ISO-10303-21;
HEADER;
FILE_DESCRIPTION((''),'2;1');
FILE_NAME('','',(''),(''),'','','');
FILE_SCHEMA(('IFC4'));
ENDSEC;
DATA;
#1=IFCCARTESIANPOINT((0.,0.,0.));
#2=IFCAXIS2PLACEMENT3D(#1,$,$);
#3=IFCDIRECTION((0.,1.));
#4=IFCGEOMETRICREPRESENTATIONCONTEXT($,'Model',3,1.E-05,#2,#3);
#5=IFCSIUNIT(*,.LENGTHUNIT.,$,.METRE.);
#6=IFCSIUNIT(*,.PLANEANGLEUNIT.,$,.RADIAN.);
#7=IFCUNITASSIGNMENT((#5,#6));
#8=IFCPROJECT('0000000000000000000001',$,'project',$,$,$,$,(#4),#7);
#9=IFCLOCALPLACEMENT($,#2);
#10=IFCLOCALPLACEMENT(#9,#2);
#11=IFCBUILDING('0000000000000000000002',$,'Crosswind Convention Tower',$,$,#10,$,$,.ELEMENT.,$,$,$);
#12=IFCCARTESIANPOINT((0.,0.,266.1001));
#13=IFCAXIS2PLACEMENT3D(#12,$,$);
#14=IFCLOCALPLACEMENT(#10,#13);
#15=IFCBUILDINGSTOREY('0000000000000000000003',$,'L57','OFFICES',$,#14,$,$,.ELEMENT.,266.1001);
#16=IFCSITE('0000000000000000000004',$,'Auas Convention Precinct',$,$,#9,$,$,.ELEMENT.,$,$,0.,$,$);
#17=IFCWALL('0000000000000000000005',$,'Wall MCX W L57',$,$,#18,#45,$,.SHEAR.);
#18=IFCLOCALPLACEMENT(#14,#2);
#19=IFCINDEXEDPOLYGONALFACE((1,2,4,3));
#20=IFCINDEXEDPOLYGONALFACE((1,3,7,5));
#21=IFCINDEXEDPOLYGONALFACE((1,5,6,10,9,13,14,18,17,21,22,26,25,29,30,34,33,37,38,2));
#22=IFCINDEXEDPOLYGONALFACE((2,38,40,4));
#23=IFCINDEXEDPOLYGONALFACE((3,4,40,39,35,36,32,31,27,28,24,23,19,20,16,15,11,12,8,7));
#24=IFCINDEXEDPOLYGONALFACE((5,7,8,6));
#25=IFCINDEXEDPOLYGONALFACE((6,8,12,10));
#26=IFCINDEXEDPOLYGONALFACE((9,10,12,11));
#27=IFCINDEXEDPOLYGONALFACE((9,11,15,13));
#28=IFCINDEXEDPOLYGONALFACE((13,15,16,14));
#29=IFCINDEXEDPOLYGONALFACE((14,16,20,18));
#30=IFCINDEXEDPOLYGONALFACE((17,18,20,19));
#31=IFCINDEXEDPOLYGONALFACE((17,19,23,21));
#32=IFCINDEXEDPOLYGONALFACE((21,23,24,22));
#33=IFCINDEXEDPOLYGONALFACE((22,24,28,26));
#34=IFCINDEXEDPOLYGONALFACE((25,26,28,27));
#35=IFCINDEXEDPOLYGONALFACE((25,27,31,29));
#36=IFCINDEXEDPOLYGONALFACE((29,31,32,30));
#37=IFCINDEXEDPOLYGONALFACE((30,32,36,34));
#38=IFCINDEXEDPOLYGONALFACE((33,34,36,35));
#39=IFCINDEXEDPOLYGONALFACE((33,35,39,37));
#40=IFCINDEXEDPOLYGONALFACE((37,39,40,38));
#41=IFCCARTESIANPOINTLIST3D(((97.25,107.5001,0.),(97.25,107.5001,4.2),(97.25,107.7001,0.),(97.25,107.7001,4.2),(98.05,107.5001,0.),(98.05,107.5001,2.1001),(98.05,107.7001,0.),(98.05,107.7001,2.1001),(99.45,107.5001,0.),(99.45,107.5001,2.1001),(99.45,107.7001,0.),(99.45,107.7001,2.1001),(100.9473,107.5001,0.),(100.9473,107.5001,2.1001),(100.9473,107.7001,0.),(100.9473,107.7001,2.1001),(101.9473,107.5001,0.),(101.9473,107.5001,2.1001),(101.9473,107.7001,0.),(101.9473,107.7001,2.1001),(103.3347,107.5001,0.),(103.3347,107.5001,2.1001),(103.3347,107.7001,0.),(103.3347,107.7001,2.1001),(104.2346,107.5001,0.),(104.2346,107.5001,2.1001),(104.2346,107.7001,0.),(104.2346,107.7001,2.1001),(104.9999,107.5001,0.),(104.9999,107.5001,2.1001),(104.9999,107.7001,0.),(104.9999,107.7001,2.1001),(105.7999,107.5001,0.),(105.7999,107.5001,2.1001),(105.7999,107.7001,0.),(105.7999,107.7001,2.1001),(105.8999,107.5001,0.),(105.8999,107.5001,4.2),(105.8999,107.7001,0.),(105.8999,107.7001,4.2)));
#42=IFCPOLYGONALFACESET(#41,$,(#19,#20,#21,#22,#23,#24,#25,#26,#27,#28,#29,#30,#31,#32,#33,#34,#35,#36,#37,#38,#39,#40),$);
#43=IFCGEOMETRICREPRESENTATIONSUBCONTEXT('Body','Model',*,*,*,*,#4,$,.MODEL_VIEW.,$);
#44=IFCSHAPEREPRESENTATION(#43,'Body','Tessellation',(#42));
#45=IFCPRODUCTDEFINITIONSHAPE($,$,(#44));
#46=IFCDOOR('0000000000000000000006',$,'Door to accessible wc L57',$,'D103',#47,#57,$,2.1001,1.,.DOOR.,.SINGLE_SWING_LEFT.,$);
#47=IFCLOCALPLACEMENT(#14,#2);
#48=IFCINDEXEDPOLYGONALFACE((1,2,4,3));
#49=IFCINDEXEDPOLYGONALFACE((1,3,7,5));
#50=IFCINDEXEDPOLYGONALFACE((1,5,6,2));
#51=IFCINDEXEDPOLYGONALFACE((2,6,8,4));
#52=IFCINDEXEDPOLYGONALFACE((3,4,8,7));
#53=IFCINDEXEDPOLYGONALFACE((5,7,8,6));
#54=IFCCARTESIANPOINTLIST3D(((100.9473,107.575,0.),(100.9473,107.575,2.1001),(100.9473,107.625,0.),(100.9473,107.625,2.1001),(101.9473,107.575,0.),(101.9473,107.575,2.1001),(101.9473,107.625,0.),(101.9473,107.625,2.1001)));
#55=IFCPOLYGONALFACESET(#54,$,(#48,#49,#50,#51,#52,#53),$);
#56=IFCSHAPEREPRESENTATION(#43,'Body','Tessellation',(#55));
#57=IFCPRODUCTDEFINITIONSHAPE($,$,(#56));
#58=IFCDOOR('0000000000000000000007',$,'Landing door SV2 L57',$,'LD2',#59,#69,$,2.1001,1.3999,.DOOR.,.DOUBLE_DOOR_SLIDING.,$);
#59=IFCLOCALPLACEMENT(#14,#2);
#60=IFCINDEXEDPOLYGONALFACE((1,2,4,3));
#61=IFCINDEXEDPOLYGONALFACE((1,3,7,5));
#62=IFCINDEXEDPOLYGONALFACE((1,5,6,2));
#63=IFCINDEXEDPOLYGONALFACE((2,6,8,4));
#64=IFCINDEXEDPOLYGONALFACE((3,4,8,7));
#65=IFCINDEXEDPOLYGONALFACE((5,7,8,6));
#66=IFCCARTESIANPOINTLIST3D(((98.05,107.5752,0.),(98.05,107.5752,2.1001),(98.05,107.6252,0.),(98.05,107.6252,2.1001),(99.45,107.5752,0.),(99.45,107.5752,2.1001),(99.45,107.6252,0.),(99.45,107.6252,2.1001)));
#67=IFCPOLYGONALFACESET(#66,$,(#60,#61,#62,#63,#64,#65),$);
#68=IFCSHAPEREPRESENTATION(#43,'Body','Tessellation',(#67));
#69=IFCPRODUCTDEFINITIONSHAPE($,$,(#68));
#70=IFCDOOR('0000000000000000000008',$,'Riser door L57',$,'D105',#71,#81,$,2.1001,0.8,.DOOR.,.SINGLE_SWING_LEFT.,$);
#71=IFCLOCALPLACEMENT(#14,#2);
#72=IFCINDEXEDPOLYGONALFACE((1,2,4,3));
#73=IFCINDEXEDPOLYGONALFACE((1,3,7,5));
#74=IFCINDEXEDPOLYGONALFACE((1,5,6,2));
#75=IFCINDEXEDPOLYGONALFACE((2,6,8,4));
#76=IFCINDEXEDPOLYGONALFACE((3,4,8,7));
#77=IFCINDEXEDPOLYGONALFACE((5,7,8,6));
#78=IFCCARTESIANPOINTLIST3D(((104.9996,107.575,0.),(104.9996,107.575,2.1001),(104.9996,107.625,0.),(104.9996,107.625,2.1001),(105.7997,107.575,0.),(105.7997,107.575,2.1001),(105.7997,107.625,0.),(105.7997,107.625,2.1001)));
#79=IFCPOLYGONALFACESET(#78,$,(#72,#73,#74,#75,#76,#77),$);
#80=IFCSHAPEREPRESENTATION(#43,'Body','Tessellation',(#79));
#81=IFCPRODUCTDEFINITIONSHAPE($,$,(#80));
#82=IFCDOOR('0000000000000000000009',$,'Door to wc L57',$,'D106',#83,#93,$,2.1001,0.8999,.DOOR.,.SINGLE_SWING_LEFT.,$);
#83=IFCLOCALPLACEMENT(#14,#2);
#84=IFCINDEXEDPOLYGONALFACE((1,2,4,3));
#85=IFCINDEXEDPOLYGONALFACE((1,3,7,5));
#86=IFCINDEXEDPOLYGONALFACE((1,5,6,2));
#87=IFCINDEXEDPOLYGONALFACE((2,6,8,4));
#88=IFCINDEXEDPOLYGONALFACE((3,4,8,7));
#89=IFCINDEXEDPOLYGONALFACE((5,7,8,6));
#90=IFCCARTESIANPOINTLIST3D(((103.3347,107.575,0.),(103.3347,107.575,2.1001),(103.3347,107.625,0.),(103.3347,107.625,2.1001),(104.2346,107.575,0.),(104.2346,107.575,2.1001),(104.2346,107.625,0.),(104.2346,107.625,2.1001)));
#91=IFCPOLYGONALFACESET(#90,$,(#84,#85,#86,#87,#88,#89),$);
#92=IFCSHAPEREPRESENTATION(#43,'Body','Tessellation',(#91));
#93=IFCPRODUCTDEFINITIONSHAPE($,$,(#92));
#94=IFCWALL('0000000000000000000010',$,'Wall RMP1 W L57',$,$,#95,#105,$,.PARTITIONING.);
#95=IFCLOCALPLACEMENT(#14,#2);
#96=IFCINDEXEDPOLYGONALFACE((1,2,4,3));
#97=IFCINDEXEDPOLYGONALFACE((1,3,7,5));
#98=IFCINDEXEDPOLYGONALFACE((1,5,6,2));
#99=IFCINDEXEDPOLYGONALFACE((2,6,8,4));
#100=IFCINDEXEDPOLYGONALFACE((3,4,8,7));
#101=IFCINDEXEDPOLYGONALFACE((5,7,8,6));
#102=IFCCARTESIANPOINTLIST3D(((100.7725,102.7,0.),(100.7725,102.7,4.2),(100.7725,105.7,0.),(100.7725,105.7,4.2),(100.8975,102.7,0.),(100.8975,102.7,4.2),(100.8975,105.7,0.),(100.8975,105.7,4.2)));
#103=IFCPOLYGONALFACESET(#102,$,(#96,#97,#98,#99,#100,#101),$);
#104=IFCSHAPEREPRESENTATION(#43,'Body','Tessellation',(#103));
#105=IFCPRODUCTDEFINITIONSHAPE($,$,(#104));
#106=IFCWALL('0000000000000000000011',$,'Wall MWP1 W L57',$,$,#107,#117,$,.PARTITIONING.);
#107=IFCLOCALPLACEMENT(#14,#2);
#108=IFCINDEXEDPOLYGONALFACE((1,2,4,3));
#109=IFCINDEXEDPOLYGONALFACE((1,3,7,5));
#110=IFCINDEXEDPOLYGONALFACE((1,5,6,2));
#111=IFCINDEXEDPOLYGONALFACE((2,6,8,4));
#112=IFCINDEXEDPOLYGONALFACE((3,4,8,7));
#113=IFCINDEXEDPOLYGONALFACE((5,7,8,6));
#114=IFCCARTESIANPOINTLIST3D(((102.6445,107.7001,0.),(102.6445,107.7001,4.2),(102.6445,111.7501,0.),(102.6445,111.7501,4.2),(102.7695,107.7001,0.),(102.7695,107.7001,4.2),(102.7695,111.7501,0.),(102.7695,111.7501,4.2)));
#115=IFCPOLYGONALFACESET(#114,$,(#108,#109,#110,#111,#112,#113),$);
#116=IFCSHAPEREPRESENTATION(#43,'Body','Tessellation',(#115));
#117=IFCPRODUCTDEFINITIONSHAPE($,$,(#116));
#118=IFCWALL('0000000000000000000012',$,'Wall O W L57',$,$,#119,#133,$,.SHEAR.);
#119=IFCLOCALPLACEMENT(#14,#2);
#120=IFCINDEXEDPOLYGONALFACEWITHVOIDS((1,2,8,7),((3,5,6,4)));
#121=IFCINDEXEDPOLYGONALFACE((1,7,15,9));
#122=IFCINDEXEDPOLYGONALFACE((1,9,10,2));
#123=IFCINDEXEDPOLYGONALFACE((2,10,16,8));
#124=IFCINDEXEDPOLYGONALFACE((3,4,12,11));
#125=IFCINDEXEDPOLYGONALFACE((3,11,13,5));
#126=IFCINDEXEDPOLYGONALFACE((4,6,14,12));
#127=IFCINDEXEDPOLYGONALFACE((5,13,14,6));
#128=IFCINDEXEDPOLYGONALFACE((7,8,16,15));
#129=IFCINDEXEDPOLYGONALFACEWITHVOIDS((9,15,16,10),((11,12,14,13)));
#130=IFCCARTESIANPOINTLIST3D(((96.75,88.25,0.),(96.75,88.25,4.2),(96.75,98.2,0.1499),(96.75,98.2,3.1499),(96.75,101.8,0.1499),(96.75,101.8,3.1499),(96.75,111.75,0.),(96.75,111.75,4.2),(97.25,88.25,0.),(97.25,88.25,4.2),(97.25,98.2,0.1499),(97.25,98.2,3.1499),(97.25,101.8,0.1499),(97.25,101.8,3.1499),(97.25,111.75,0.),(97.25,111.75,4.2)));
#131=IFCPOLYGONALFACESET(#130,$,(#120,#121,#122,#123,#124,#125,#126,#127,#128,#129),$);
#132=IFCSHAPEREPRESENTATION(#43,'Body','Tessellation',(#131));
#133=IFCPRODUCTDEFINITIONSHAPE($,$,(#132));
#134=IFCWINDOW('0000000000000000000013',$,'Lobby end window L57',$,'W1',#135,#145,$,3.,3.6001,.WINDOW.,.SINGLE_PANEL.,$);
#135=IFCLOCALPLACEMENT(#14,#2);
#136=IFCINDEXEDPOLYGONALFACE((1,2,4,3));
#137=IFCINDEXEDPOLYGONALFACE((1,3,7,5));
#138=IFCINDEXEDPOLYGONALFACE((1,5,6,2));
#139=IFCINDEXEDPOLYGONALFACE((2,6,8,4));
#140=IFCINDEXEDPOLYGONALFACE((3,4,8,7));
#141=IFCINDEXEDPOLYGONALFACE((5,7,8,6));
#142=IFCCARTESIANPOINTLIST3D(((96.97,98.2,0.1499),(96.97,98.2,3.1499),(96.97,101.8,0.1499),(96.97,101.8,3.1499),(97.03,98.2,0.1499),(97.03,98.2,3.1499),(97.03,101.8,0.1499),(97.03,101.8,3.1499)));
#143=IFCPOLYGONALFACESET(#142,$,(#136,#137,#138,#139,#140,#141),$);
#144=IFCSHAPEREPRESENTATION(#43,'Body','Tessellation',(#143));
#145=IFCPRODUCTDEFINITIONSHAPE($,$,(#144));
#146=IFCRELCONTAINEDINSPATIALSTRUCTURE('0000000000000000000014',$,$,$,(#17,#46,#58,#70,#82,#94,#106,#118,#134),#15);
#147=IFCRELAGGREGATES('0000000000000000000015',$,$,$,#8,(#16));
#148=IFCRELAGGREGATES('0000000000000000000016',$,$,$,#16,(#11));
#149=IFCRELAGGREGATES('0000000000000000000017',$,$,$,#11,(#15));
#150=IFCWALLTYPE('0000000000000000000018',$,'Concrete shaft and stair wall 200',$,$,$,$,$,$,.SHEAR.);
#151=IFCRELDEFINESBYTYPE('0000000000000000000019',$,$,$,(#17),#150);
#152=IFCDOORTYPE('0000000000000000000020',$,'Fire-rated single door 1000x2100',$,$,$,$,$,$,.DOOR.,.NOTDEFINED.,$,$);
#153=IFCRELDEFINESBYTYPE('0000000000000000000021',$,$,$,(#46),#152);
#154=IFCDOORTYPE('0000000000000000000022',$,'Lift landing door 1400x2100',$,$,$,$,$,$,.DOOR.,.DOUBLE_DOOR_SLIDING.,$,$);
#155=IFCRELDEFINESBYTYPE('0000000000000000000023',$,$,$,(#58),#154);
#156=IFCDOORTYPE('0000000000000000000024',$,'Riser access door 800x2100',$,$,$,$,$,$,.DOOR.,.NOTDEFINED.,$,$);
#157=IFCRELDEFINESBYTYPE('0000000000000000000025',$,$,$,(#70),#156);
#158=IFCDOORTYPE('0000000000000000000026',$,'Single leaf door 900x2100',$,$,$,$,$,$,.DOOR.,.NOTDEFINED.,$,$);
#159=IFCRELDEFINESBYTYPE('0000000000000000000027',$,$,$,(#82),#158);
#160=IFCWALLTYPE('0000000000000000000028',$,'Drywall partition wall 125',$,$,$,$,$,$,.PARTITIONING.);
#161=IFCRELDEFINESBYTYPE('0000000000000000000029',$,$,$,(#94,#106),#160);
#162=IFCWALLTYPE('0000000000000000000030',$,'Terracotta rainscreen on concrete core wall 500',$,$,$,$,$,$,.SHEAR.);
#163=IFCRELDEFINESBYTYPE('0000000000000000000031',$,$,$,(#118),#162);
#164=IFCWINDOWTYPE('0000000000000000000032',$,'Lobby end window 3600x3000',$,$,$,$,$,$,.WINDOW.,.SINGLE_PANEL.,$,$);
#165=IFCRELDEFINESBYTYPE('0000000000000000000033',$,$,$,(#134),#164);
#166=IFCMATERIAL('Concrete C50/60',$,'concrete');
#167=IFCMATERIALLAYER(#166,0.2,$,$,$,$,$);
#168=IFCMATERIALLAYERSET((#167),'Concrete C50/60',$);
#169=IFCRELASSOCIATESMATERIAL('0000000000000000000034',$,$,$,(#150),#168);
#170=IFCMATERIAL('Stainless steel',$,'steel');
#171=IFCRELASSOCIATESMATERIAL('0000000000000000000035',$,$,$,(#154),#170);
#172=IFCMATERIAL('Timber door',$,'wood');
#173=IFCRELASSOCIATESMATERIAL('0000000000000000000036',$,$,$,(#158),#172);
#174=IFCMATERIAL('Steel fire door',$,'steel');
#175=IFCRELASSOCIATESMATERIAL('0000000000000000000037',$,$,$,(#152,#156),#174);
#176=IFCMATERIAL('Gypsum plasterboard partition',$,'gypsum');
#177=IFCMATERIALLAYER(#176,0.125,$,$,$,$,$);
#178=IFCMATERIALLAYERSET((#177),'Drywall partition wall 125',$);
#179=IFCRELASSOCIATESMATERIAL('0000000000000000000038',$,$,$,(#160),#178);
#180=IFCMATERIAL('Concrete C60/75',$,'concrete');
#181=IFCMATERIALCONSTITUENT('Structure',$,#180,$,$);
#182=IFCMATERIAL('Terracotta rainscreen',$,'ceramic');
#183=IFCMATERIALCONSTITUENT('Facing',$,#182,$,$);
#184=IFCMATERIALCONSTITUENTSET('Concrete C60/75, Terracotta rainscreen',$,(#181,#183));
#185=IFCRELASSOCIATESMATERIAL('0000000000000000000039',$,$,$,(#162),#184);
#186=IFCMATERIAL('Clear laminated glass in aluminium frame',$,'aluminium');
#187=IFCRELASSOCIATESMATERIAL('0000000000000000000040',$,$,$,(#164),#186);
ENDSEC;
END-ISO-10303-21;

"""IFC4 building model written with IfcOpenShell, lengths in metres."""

from ifc_helpers import new_model, si_unit, direction, frame, frame_2d, origin, place, context, subcontext, project, spatial, rectangle, extrude, material, layer, layer_set, constituent, constituent_set, type_object, element, fill, save


model = new_model("IFC4")

# Units and contexts
model_context = context("Model", 3, precision=1e-05, world=origin(), true_north=direction((0.0, 1.0)))
body_context = subcontext(model_context, "Body", "Model", "MODEL_VIEW")
ifc_project = project(units=[si_unit("LENGTHUNIT", "METRE"), si_unit("PLANEANGLEUNIT", "RADIAN")], contexts=[model_context])

# Site, building, storey
site_placement = place(None, origin())
site = spatial("IfcSite", under=ifc_project, at=site_placement, Name="Auas Convention Precinct", CompositionType="ELEMENT", RefElevation=0.0)
building_placement = place(site_placement, origin())
building = spatial("IfcBuilding", under=site, at=building_placement, Name="Crosswind Convention Tower", CompositionType="ELEMENT")
storey_placement = place(building_placement, frame((0.0, 0.0, 266.1001)))
storey = spatial("IfcBuildingStorey", under=building, at=storey_placement, Name="L57", Description="OFFICES", CompositionType="ELEMENT", Elevation=266.1001)

# Shared definitions
ifc_material_1 = material(Name="Concrete C50/60", Category="concrete")
ifc_layer_1 = layer(ifc_material_1, 0.2)
ifc_layer_set_1 = layer_set([ifc_layer_1], Name="Concrete C50/60")
wall_type_1 = type_object("IfcWallType", Name="Concrete shaft and stair wall 200", PredefinedType="SHEAR", material=ifc_layer_set_1)

# Shared definitions
ifc_material_2 = material(Name="Stainless steel", Category="steel")
door_type_1 = type_object("IfcDoorType", Name="Lift landing door 1400x2100", OperationType="DOUBLE_DOOR_SLIDING", PredefinedType="DOOR", material=ifc_material_2)

# Shared definitions
ifc_material_3 = material(Name="Timber door", Category="wood")
door_type_2 = type_object("IfcDoorType", Name="Single leaf door 900x2100", OperationType="NOTDEFINED", PredefinedType="DOOR", material=ifc_material_3)

# Wall, openings, doors
wall_1_placement = place(storey_placement, frame((105.8999, 107.6001, 0.0), z_axis=(0.0, 0.0, 1.0), x_axis=(-1.0, 0.0, 0.0)))
wall_1 = element("IfcWall", 1, at=wall_1_placement, inside=storey, type_object=wall_type_1, Name="Wall MCX W L57", PredefinedType="SHEAR", context=body_context, shape_type="SweptSolid", body=[
    extrude(rectangle(XDim=8.6499, YDim=0.2, at=frame_2d((4.325, 0.0))), origin(), (0.0, 0.0, 1.0), 4.2),
])
opening_1_placement = place(wall_1_placement, frame((0.1001, 0.0, 0.0)))
opening_1 = element("IfcOpeningElement", 2, at=opening_1_placement, cuts=wall_1, PredefinedType="OPENING", context=body_context, shape_type="SweptSolid", body=[
    extrude(rectangle(XDim=0.8, YDim=2.1001, at=frame_2d((0.3999, 1.05))), frame((0.0, 0.1099, 0.0), z_axis=(0.0, -1.0, 0.0), x_axis=(1.0, 0.0, 0.0)), (0.0, 0.0, 1.0), 0.22),
])
opening_2_placement = place(wall_1_placement, frame((1.6653, 0.0, 0.0)))
opening_2 = element("IfcOpeningElement", 3, at=opening_2_placement, cuts=wall_1, PredefinedType="OPENING", context=body_context, shape_type="SweptSolid", body=[
    extrude(rectangle(XDim=0.8999, YDim=2.1001, at=frame_2d((0.45, 1.05))), frame((0.0, 0.1099, 0.0), z_axis=(0.0, -1.0, 0.0), x_axis=(1.0, 0.0, 0.0)), (0.0, 0.0, 1.0), 0.22),
])
opening_3_placement = place(wall_1_placement, frame((3.9526, 0.0, 0.0)))
opening_3 = element("IfcOpeningElement", 4, at=opening_3_placement, cuts=wall_1, PredefinedType="OPENING", context=body_context, shape_type="SweptSolid", body=[
    extrude(rectangle(XDim=1.0, YDim=2.1001, at=frame_2d((0.5, 1.05))), frame((0.0, 0.1099, 0.0), z_axis=(0.0, -1.0, 0.0), x_axis=(1.0, 0.0, 0.0)), (0.0, 0.0, 1.0), 0.22),
])
opening_4_placement = place(wall_1_placement, frame((6.45, 0.0, 0.0)))
opening_4 = element("IfcOpeningElement", 5, at=opening_4_placement, cuts=wall_1, PredefinedType="OPENING", context=body_context, shape_type="SweptSolid", body=[
    extrude(rectangle(XDim=1.3999, YDim=2.1001, at=frame_2d((0.7, 1.05))), frame((0.0, 0.1099, 0.0), z_axis=(0.0, -1.0, 0.0), x_axis=(1.0, 0.0, 0.0)), (0.0, 0.0, 1.0), 0.22),
])
ifc_material_4 = material(Name="Steel fire door", Category="steel")
door_type_3 = type_object("IfcDoorType", Name="Fire-rated single door 1000x2100", OperationType="NOTDEFINED", PredefinedType="DOOR", material=ifc_material_4)
door_1_placement = place(opening_3_placement, frame((1.0, 0.0, 0.0), z_axis=(0.0, 0.0, 1.0), x_axis=(-1.0, 0.0, 0.0)))
door_1 = element("IfcDoor", 6, at=door_1_placement, inside=storey, type_object=door_type_3, Name="Door to accessible wc L57", ObjectType="D103", OperationType="SINGLE_SWING_LEFT", OverallHeight=2.1001, OverallWidth=1.0, PredefinedType="DOOR", context=body_context, shape_type="SweptSolid", body=[
    extrude(rectangle(XDim=1.0, YDim=2.1001, at=frame_2d((0.5, 1.05))), frame((0.0, 0.0249, 0.0), z_axis=(0.0, -1.0, 0.0), x_axis=(1.0, 0.0, 0.0)), (0.0, 0.0, 1.0), 0.05),
])
fill(opening_3, door_1)
door_2_placement = place(opening_4_placement, origin())
door_2 = element("IfcDoor", 7, at=door_2_placement, inside=storey, type_object=door_type_1, Name="Landing door SV2 L57", ObjectType="LD2", OperationType="DOUBLE_DOOR_SLIDING", OverallHeight=2.1001, OverallWidth=1.3999, PredefinedType="DOOR", context=body_context, shape_type="SweptSolid", body=[
    extrude(rectangle(XDim=1.3999, YDim=2.1001, at=frame_2d((0.7, 1.05))), frame((0.0, 0.0249, 0.0), z_axis=(0.0, -1.0, 0.0), x_axis=(1.0, 0.0, 0.0)), (0.0, 0.0, 1.0), 0.05),
])
fill(opening_4, door_2)
door_type_4 = type_object("IfcDoorType", Name="Riser access door 800x2100", OperationType="NOTDEFINED", PredefinedType="DOOR", material=ifc_material_4)
door_3_placement = place(opening_1_placement, frame((0.8, 0.0, 0.0), z_axis=(0.0, 0.0, 1.0), x_axis=(-1.0, 0.0, 0.0)))
door_3 = element("IfcDoor", 8, at=door_3_placement, inside=storey, type_object=door_type_4, Name="Riser door L57", ObjectType="D105", OperationType="SINGLE_SWING_LEFT", OverallHeight=2.1001, OverallWidth=0.8, PredefinedType="DOOR", context=body_context, shape_type="SweptSolid", body=[
    extrude(rectangle(XDim=0.8, YDim=2.1001, at=frame_2d((0.3999, 1.05))), frame((0.0, 0.0249, 0.0), z_axis=(0.0, -1.0, 0.0), x_axis=(1.0, 0.0, 0.0)), (0.0, 0.0, 1.0), 0.05),
])
fill(opening_1, door_3)
door_4_placement = place(opening_2_placement, frame((0.8999, 0.0, 0.0), z_axis=(0.0, 0.0, 1.0), x_axis=(-1.0, 0.0, 0.0)))
door_4 = element("IfcDoor", 9, at=door_4_placement, inside=storey, type_object=door_type_2, Name="Door to wc L57", ObjectType="D106", OperationType="SINGLE_SWING_LEFT", OverallHeight=2.1001, OverallWidth=0.8999, PredefinedType="DOOR", context=body_context, shape_type="SweptSolid", body=[
    extrude(rectangle(XDim=0.8999, YDim=2.1001, at=frame_2d((0.45, 1.05))), frame((0.0, 0.0249, 0.0), z_axis=(0.0, -1.0, 0.0), x_axis=(1.0, 0.0, 0.0)), (0.0, 0.0, 1.0), 0.05),
])
fill(opening_2, door_4)

# Walls
ifc_material_5 = material(Name="Gypsum plasterboard partition", Category="gypsum")
ifc_layer_2 = layer(ifc_material_5, 0.125)
ifc_layer_set_2 = layer_set([ifc_layer_2], Name="Drywall partition wall 125")
wall_type_2 = type_object("IfcWallType", Name="Drywall partition wall 125", PredefinedType="PARTITIONING", material=ifc_layer_set_2)
wall_2_placement = place(storey_placement, frame((100.835, 105.7, 0.0), z_axis=(0.0, 0.0, 1.0), x_axis=(0.0, -1.0, 0.0)))
element("IfcWall", 10, at=wall_2_placement, inside=storey, type_object=wall_type_2, Name="Wall RMP1 W L57", PredefinedType="PARTITIONING", context=body_context, shape_type="SweptSolid", body=[
    extrude(rectangle(XDim=3.0, YDim=0.125, at=frame_2d((1.5, 0.0))), origin(), (0.0, 0.0, 1.0), 4.2),
])
wall_3_placement = place(storey_placement, frame((102.707, 111.75, 0.0), z_axis=(0.0, 0.0, 1.0), x_axis=(0.0, -1.0, 0.0)))
element("IfcWall", 11, at=wall_3_placement, inside=storey, type_object=wall_type_2, Name="Wall MWP1 W L57", PredefinedType="PARTITIONING", context=body_context, shape_type="SweptSolid", body=[
    extrude(rectangle(XDim=4.05, YDim=0.125, at=frame_2d((2.0249, 0.0))), origin(), (0.0, 0.0, 1.0), 4.2),
])

# Wall, opening, window
ifc_material_6 = material(Name="Concrete C60/75", Category="concrete")
ifc_constituent_1 = constituent(ifc_material_6, Name="Structure")
ifc_material_7 = material(Name="Terracotta rainscreen", Category="ceramic")
ifc_constituent_2 = constituent(ifc_material_7, Name="Facing")
ifc_constituent_set = constituent_set(constituents=[ifc_constituent_1, ifc_constituent_2], Name="Concrete C60/75, Terracotta rainscreen")
wall_type_3 = type_object("IfcWallType", Name="Terracotta rainscreen on concrete core wall 500", PredefinedType="SHEAR", material=ifc_constituent_set)
wall_4_placement = place(storey_placement, frame((97.0, 111.75, 0.0), z_axis=(0.0, 0.0, 1.0), x_axis=(0.0, -1.0, 0.0)))
wall_4 = element("IfcWall", 12, at=wall_4_placement, inside=storey, type_object=wall_type_3, Name="Wall O W L57", PredefinedType="SHEAR", context=body_context, shape_type="SweptSolid", body=[
    extrude(rectangle(XDim=23.5, YDim=0.5, at=frame_2d((11.75, 0.0))), origin(), (0.0, 0.0, 1.0), 4.2),
])
opening_5_placement = place(wall_4_placement, frame((9.95, 0.0, 0.1499)))
opening_5 = element("IfcOpeningElement", 13, at=opening_5_placement, cuts=wall_4, PredefinedType="OPENING", context=body_context, shape_type="SweptSolid", body=[
    extrude(rectangle(XDim=3.6001, YDim=3.0, at=frame_2d((1.8, 1.5))), frame((0.0, 0.26, 0.0), z_axis=(0.0, -1.0, 0.0), x_axis=(1.0, 0.0, 0.0)), (0.0, 0.0, 1.0), 0.52),
])
ifc_material_8 = material(Name="Clear laminated glass in aluminium frame", Category="aluminium")
window_type = type_object("IfcWindowType", Name="Lobby end window 3600x3000", PartitioningType="SINGLE_PANEL", PredefinedType="WINDOW", material=ifc_material_8)
window_placement = place(opening_5_placement, origin())
window = element("IfcWindow", 14, at=window_placement, inside=storey, type_object=window_type, Name="Lobby end window L57", ObjectType="W1", OverallHeight=3.0, OverallWidth=3.6001, PartitioningType="SINGLE_PANEL", PredefinedType="WINDOW", context=body_context, shape_type="SweptSolid", body=[
    extrude(rectangle(XDim=3.6001, YDim=3.0, at=frame_2d((1.8, 1.5))), frame((0.0, 0.03, 0.0), z_axis=(0.0, -1.0, 0.0), x_axis=(1.0, 0.0, 0.0)), (0.0, 0.0, 1.0), 0.0601),
])
fill(opening_5, window)

save(model, "model.ifc")
